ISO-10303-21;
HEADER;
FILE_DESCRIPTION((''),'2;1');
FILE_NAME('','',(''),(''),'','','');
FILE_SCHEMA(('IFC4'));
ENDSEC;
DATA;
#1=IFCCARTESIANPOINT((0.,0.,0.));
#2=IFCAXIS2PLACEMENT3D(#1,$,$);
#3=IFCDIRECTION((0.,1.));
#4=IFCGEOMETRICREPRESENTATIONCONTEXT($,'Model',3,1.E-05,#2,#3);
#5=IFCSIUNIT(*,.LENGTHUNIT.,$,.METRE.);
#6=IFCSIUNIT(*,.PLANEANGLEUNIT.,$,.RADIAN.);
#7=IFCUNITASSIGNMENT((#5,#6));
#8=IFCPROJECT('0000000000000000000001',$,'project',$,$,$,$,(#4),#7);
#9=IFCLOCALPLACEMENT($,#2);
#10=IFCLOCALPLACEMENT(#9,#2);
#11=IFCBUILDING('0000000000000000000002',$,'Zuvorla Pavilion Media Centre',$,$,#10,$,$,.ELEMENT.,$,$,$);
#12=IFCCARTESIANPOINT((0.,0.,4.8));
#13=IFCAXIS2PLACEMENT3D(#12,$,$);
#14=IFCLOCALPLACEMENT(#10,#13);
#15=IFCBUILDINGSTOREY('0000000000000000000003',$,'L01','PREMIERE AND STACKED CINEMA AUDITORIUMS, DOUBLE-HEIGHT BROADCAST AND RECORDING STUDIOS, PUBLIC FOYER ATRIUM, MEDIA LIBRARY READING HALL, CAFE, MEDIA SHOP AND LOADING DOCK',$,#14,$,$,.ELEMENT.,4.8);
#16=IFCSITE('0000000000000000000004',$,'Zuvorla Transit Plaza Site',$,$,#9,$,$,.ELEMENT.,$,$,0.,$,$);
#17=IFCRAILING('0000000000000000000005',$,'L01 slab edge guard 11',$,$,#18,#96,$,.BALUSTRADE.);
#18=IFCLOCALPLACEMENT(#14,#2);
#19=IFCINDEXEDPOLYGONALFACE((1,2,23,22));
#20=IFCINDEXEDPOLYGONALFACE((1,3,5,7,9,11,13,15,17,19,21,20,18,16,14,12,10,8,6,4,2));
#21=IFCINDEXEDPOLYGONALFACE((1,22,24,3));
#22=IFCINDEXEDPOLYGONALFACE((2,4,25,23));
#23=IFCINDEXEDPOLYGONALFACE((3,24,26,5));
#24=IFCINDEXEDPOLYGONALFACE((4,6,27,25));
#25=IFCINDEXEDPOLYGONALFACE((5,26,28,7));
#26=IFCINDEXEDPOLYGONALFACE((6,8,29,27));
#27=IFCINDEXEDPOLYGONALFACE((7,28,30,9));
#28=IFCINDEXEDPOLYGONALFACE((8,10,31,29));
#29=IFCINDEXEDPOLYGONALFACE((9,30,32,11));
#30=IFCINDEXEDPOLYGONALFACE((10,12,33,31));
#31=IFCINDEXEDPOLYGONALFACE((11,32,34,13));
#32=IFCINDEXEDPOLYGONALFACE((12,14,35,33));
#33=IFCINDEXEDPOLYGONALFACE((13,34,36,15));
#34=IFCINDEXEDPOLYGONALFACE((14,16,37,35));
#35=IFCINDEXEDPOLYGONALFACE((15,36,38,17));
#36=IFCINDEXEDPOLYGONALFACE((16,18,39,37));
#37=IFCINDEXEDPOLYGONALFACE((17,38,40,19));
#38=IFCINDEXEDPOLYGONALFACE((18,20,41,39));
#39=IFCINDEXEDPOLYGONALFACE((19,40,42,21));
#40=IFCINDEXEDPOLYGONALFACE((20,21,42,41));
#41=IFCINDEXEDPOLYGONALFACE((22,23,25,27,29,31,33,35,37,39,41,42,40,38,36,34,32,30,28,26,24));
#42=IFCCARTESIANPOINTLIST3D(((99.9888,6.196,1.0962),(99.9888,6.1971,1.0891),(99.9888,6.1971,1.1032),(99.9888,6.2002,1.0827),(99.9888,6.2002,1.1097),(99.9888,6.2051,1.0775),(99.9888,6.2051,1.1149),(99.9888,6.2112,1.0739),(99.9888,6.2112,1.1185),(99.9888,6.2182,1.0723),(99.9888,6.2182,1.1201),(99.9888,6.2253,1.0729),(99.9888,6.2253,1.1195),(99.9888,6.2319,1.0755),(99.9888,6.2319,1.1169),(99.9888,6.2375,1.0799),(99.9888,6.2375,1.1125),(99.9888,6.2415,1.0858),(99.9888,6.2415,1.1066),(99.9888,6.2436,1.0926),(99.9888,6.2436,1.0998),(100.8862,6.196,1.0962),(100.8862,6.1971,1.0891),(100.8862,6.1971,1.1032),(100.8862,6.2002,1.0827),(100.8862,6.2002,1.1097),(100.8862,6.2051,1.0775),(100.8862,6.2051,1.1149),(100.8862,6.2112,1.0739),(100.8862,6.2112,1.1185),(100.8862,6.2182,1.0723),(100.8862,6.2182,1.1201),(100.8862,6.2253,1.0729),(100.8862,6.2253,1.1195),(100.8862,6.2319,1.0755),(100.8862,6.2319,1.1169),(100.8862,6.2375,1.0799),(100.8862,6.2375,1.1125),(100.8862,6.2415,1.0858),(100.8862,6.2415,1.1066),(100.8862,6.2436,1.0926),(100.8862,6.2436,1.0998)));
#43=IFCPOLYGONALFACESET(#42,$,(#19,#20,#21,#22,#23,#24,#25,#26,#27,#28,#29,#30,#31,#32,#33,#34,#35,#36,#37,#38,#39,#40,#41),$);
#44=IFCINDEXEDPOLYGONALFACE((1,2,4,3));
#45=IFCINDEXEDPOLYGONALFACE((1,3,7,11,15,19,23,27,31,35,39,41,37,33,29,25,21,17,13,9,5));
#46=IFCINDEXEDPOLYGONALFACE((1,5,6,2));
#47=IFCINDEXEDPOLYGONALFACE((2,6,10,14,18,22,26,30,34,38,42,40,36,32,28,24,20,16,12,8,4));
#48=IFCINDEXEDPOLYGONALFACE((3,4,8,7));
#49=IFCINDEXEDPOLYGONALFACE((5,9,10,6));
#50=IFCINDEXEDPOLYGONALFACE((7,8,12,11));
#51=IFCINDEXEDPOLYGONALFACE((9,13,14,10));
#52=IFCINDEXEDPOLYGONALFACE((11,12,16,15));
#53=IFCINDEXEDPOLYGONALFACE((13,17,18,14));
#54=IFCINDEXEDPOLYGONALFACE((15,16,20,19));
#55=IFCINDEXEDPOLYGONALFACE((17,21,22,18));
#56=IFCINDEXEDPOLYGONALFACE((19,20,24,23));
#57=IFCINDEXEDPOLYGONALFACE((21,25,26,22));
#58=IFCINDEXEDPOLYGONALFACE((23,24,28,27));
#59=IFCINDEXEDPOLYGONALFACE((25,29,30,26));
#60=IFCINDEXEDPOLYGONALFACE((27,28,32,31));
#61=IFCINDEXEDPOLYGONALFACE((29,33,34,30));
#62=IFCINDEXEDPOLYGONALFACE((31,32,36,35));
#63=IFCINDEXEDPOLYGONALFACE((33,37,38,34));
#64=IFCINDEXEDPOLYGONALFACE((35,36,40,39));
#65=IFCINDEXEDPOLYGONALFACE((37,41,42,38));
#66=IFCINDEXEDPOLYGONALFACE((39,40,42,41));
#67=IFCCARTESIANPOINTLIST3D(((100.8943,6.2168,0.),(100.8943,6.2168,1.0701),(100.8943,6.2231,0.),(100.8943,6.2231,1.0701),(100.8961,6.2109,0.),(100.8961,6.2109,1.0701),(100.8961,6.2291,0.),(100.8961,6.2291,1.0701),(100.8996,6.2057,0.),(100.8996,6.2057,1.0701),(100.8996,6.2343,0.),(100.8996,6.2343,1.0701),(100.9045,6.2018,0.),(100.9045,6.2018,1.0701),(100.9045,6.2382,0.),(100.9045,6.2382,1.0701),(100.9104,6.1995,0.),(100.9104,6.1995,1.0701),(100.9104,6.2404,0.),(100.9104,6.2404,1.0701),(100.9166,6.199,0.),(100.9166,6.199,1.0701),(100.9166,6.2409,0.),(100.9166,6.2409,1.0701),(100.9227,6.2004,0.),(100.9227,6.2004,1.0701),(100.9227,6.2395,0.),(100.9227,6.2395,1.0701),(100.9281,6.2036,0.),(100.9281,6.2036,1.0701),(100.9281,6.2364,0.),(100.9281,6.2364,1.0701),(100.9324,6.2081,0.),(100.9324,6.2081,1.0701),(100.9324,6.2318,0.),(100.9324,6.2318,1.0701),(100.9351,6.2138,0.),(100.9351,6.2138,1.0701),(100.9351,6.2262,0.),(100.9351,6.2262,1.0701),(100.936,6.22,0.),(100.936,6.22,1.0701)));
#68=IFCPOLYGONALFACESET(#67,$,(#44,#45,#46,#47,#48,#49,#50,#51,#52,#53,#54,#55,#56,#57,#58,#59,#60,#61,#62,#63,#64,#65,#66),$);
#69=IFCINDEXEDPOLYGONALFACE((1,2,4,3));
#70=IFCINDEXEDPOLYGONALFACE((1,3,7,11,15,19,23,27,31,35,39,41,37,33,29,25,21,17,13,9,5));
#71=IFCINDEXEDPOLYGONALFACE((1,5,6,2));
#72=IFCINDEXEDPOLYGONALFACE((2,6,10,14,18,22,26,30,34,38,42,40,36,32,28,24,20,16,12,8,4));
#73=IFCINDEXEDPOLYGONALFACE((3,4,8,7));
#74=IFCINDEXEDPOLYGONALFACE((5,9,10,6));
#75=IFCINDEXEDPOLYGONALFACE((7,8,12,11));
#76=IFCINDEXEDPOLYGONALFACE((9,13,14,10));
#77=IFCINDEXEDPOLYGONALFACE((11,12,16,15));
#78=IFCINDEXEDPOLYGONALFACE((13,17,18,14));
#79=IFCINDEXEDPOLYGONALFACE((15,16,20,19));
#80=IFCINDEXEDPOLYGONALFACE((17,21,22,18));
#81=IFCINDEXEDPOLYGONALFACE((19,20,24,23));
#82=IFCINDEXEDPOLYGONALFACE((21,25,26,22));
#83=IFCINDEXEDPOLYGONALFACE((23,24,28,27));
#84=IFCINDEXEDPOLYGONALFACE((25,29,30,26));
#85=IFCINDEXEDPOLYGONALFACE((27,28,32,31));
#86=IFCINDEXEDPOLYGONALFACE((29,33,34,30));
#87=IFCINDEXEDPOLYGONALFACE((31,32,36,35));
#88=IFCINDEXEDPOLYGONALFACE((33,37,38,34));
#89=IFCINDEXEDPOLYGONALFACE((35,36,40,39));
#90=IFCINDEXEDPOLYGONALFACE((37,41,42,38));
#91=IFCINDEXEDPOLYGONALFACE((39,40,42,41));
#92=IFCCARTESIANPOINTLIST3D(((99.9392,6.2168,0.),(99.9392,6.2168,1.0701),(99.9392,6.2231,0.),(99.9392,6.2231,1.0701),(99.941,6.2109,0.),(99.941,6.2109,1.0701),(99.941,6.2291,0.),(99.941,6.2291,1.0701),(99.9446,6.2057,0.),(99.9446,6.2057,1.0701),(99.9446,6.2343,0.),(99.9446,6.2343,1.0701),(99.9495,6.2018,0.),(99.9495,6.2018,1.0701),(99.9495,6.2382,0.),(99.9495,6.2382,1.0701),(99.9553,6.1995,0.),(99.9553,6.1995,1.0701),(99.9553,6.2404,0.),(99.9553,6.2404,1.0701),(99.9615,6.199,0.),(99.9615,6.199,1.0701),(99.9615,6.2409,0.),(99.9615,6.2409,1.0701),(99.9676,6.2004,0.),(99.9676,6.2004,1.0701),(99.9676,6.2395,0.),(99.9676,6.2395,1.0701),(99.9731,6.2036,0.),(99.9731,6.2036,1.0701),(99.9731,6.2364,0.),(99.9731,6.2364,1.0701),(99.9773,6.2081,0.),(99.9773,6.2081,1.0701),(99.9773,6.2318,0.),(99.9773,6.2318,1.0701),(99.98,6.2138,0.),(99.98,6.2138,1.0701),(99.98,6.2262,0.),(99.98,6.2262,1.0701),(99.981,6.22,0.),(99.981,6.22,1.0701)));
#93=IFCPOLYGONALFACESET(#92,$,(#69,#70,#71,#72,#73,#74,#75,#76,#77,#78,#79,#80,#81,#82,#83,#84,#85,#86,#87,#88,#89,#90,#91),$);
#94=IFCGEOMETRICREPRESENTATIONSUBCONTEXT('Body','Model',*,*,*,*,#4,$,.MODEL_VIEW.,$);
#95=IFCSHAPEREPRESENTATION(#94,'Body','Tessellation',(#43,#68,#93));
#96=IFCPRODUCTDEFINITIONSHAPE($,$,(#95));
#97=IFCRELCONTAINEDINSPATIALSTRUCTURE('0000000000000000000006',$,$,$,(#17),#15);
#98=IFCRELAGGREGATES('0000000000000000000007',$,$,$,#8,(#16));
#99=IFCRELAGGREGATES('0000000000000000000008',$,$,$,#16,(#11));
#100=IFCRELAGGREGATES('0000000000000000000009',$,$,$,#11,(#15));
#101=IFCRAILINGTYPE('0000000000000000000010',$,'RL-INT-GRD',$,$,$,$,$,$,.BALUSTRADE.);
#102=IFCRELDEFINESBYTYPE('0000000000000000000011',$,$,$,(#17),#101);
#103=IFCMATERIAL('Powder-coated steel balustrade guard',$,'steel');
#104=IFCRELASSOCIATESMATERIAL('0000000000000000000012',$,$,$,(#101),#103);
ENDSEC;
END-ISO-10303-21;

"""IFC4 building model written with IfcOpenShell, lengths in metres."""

from ifc_helpers import new_model, si_unit, direction, frame, origin, origin_2d, place, context, subcontext, project, spatial, circle, extrude, material, type_object, element, save


model = new_model("IFC4")

# Units and contexts
model_context = context("Model", 3, precision=1e-05, world=origin(), true_north=direction((0.0, 1.0)))
body_context = subcontext(model_context, "Body", "Model", "MODEL_VIEW")
ifc_project = project(units=[si_unit("LENGTHUNIT", "METRE"), si_unit("PLANEANGLEUNIT", "RADIAN")], contexts=[model_context])

# Site, building, storey
site_placement = place(None, origin())
site = spatial("IfcSite", under=ifc_project, at=site_placement, Name="Zuvorla Transit Plaza Site", CompositionType="ELEMENT", RefElevation=0.0)
building_placement = place(site_placement, origin())
building = spatial("IfcBuilding", under=site, at=building_placement, Name="Zuvorla Pavilion Media Centre", CompositionType="ELEMENT")
storey_placement = place(building_placement, frame((0.0, 0.0, 4.8)))
storey = spatial("IfcBuildingStorey", under=building, at=storey_placement, Name="L01", Description="PREMIERE AND STACKED CINEMA AUDITORIUMS, DOUBLE-HEIGHT BROADCAST AND RECORDING STUDIOS, PUBLIC FOYER ATRIUM, MEDIA LIBRARY READING HALL, CAFE, MEDIA SHOP AND LOADING DOCK", CompositionType="ELEMENT", Elevation=4.8)

# Railing
ifc_material_1 = material(Name="Powder-coated steel balustrade guard", Category="steel")
railing_type = type_object("IfcRailingType", Name="RL-INT-GRD", PredefinedType="BALUSTRADE", material=ifc_material_1)
railing_1_placement = place(storey_placement, frame((100.915, 6.22, 0.0)))
element("IfcRailing", 1, at=railing_1_placement, inside=storey, type_object=railing_type, Name="L01 slab edge guard 11", PredefinedType="BALUSTRADE", context=body_context, shape_type="SweptSolid", body=[
    extrude(circle(Radius=0.0239, at=origin_2d()), frame((-0.0288, 0.0, 1.0962), z_axis=(-1.0, 0.0, 0.0), x_axis=(0.0, -1.0, 0.0)), (0.0, 0.0, 1.0), 0.8975),
    extrude(circle(Radius=0.021, at=origin_2d()), origin(), (0.0, 0.0, 1.0), 1.0701),
    extrude(circle(Radius=0.021, at=origin_2d()), frame((-0.9551, 0.0, 0.0)), (0.0, 0.0, 1.0), 1.0701),
])

save(model, "model.ifc")
